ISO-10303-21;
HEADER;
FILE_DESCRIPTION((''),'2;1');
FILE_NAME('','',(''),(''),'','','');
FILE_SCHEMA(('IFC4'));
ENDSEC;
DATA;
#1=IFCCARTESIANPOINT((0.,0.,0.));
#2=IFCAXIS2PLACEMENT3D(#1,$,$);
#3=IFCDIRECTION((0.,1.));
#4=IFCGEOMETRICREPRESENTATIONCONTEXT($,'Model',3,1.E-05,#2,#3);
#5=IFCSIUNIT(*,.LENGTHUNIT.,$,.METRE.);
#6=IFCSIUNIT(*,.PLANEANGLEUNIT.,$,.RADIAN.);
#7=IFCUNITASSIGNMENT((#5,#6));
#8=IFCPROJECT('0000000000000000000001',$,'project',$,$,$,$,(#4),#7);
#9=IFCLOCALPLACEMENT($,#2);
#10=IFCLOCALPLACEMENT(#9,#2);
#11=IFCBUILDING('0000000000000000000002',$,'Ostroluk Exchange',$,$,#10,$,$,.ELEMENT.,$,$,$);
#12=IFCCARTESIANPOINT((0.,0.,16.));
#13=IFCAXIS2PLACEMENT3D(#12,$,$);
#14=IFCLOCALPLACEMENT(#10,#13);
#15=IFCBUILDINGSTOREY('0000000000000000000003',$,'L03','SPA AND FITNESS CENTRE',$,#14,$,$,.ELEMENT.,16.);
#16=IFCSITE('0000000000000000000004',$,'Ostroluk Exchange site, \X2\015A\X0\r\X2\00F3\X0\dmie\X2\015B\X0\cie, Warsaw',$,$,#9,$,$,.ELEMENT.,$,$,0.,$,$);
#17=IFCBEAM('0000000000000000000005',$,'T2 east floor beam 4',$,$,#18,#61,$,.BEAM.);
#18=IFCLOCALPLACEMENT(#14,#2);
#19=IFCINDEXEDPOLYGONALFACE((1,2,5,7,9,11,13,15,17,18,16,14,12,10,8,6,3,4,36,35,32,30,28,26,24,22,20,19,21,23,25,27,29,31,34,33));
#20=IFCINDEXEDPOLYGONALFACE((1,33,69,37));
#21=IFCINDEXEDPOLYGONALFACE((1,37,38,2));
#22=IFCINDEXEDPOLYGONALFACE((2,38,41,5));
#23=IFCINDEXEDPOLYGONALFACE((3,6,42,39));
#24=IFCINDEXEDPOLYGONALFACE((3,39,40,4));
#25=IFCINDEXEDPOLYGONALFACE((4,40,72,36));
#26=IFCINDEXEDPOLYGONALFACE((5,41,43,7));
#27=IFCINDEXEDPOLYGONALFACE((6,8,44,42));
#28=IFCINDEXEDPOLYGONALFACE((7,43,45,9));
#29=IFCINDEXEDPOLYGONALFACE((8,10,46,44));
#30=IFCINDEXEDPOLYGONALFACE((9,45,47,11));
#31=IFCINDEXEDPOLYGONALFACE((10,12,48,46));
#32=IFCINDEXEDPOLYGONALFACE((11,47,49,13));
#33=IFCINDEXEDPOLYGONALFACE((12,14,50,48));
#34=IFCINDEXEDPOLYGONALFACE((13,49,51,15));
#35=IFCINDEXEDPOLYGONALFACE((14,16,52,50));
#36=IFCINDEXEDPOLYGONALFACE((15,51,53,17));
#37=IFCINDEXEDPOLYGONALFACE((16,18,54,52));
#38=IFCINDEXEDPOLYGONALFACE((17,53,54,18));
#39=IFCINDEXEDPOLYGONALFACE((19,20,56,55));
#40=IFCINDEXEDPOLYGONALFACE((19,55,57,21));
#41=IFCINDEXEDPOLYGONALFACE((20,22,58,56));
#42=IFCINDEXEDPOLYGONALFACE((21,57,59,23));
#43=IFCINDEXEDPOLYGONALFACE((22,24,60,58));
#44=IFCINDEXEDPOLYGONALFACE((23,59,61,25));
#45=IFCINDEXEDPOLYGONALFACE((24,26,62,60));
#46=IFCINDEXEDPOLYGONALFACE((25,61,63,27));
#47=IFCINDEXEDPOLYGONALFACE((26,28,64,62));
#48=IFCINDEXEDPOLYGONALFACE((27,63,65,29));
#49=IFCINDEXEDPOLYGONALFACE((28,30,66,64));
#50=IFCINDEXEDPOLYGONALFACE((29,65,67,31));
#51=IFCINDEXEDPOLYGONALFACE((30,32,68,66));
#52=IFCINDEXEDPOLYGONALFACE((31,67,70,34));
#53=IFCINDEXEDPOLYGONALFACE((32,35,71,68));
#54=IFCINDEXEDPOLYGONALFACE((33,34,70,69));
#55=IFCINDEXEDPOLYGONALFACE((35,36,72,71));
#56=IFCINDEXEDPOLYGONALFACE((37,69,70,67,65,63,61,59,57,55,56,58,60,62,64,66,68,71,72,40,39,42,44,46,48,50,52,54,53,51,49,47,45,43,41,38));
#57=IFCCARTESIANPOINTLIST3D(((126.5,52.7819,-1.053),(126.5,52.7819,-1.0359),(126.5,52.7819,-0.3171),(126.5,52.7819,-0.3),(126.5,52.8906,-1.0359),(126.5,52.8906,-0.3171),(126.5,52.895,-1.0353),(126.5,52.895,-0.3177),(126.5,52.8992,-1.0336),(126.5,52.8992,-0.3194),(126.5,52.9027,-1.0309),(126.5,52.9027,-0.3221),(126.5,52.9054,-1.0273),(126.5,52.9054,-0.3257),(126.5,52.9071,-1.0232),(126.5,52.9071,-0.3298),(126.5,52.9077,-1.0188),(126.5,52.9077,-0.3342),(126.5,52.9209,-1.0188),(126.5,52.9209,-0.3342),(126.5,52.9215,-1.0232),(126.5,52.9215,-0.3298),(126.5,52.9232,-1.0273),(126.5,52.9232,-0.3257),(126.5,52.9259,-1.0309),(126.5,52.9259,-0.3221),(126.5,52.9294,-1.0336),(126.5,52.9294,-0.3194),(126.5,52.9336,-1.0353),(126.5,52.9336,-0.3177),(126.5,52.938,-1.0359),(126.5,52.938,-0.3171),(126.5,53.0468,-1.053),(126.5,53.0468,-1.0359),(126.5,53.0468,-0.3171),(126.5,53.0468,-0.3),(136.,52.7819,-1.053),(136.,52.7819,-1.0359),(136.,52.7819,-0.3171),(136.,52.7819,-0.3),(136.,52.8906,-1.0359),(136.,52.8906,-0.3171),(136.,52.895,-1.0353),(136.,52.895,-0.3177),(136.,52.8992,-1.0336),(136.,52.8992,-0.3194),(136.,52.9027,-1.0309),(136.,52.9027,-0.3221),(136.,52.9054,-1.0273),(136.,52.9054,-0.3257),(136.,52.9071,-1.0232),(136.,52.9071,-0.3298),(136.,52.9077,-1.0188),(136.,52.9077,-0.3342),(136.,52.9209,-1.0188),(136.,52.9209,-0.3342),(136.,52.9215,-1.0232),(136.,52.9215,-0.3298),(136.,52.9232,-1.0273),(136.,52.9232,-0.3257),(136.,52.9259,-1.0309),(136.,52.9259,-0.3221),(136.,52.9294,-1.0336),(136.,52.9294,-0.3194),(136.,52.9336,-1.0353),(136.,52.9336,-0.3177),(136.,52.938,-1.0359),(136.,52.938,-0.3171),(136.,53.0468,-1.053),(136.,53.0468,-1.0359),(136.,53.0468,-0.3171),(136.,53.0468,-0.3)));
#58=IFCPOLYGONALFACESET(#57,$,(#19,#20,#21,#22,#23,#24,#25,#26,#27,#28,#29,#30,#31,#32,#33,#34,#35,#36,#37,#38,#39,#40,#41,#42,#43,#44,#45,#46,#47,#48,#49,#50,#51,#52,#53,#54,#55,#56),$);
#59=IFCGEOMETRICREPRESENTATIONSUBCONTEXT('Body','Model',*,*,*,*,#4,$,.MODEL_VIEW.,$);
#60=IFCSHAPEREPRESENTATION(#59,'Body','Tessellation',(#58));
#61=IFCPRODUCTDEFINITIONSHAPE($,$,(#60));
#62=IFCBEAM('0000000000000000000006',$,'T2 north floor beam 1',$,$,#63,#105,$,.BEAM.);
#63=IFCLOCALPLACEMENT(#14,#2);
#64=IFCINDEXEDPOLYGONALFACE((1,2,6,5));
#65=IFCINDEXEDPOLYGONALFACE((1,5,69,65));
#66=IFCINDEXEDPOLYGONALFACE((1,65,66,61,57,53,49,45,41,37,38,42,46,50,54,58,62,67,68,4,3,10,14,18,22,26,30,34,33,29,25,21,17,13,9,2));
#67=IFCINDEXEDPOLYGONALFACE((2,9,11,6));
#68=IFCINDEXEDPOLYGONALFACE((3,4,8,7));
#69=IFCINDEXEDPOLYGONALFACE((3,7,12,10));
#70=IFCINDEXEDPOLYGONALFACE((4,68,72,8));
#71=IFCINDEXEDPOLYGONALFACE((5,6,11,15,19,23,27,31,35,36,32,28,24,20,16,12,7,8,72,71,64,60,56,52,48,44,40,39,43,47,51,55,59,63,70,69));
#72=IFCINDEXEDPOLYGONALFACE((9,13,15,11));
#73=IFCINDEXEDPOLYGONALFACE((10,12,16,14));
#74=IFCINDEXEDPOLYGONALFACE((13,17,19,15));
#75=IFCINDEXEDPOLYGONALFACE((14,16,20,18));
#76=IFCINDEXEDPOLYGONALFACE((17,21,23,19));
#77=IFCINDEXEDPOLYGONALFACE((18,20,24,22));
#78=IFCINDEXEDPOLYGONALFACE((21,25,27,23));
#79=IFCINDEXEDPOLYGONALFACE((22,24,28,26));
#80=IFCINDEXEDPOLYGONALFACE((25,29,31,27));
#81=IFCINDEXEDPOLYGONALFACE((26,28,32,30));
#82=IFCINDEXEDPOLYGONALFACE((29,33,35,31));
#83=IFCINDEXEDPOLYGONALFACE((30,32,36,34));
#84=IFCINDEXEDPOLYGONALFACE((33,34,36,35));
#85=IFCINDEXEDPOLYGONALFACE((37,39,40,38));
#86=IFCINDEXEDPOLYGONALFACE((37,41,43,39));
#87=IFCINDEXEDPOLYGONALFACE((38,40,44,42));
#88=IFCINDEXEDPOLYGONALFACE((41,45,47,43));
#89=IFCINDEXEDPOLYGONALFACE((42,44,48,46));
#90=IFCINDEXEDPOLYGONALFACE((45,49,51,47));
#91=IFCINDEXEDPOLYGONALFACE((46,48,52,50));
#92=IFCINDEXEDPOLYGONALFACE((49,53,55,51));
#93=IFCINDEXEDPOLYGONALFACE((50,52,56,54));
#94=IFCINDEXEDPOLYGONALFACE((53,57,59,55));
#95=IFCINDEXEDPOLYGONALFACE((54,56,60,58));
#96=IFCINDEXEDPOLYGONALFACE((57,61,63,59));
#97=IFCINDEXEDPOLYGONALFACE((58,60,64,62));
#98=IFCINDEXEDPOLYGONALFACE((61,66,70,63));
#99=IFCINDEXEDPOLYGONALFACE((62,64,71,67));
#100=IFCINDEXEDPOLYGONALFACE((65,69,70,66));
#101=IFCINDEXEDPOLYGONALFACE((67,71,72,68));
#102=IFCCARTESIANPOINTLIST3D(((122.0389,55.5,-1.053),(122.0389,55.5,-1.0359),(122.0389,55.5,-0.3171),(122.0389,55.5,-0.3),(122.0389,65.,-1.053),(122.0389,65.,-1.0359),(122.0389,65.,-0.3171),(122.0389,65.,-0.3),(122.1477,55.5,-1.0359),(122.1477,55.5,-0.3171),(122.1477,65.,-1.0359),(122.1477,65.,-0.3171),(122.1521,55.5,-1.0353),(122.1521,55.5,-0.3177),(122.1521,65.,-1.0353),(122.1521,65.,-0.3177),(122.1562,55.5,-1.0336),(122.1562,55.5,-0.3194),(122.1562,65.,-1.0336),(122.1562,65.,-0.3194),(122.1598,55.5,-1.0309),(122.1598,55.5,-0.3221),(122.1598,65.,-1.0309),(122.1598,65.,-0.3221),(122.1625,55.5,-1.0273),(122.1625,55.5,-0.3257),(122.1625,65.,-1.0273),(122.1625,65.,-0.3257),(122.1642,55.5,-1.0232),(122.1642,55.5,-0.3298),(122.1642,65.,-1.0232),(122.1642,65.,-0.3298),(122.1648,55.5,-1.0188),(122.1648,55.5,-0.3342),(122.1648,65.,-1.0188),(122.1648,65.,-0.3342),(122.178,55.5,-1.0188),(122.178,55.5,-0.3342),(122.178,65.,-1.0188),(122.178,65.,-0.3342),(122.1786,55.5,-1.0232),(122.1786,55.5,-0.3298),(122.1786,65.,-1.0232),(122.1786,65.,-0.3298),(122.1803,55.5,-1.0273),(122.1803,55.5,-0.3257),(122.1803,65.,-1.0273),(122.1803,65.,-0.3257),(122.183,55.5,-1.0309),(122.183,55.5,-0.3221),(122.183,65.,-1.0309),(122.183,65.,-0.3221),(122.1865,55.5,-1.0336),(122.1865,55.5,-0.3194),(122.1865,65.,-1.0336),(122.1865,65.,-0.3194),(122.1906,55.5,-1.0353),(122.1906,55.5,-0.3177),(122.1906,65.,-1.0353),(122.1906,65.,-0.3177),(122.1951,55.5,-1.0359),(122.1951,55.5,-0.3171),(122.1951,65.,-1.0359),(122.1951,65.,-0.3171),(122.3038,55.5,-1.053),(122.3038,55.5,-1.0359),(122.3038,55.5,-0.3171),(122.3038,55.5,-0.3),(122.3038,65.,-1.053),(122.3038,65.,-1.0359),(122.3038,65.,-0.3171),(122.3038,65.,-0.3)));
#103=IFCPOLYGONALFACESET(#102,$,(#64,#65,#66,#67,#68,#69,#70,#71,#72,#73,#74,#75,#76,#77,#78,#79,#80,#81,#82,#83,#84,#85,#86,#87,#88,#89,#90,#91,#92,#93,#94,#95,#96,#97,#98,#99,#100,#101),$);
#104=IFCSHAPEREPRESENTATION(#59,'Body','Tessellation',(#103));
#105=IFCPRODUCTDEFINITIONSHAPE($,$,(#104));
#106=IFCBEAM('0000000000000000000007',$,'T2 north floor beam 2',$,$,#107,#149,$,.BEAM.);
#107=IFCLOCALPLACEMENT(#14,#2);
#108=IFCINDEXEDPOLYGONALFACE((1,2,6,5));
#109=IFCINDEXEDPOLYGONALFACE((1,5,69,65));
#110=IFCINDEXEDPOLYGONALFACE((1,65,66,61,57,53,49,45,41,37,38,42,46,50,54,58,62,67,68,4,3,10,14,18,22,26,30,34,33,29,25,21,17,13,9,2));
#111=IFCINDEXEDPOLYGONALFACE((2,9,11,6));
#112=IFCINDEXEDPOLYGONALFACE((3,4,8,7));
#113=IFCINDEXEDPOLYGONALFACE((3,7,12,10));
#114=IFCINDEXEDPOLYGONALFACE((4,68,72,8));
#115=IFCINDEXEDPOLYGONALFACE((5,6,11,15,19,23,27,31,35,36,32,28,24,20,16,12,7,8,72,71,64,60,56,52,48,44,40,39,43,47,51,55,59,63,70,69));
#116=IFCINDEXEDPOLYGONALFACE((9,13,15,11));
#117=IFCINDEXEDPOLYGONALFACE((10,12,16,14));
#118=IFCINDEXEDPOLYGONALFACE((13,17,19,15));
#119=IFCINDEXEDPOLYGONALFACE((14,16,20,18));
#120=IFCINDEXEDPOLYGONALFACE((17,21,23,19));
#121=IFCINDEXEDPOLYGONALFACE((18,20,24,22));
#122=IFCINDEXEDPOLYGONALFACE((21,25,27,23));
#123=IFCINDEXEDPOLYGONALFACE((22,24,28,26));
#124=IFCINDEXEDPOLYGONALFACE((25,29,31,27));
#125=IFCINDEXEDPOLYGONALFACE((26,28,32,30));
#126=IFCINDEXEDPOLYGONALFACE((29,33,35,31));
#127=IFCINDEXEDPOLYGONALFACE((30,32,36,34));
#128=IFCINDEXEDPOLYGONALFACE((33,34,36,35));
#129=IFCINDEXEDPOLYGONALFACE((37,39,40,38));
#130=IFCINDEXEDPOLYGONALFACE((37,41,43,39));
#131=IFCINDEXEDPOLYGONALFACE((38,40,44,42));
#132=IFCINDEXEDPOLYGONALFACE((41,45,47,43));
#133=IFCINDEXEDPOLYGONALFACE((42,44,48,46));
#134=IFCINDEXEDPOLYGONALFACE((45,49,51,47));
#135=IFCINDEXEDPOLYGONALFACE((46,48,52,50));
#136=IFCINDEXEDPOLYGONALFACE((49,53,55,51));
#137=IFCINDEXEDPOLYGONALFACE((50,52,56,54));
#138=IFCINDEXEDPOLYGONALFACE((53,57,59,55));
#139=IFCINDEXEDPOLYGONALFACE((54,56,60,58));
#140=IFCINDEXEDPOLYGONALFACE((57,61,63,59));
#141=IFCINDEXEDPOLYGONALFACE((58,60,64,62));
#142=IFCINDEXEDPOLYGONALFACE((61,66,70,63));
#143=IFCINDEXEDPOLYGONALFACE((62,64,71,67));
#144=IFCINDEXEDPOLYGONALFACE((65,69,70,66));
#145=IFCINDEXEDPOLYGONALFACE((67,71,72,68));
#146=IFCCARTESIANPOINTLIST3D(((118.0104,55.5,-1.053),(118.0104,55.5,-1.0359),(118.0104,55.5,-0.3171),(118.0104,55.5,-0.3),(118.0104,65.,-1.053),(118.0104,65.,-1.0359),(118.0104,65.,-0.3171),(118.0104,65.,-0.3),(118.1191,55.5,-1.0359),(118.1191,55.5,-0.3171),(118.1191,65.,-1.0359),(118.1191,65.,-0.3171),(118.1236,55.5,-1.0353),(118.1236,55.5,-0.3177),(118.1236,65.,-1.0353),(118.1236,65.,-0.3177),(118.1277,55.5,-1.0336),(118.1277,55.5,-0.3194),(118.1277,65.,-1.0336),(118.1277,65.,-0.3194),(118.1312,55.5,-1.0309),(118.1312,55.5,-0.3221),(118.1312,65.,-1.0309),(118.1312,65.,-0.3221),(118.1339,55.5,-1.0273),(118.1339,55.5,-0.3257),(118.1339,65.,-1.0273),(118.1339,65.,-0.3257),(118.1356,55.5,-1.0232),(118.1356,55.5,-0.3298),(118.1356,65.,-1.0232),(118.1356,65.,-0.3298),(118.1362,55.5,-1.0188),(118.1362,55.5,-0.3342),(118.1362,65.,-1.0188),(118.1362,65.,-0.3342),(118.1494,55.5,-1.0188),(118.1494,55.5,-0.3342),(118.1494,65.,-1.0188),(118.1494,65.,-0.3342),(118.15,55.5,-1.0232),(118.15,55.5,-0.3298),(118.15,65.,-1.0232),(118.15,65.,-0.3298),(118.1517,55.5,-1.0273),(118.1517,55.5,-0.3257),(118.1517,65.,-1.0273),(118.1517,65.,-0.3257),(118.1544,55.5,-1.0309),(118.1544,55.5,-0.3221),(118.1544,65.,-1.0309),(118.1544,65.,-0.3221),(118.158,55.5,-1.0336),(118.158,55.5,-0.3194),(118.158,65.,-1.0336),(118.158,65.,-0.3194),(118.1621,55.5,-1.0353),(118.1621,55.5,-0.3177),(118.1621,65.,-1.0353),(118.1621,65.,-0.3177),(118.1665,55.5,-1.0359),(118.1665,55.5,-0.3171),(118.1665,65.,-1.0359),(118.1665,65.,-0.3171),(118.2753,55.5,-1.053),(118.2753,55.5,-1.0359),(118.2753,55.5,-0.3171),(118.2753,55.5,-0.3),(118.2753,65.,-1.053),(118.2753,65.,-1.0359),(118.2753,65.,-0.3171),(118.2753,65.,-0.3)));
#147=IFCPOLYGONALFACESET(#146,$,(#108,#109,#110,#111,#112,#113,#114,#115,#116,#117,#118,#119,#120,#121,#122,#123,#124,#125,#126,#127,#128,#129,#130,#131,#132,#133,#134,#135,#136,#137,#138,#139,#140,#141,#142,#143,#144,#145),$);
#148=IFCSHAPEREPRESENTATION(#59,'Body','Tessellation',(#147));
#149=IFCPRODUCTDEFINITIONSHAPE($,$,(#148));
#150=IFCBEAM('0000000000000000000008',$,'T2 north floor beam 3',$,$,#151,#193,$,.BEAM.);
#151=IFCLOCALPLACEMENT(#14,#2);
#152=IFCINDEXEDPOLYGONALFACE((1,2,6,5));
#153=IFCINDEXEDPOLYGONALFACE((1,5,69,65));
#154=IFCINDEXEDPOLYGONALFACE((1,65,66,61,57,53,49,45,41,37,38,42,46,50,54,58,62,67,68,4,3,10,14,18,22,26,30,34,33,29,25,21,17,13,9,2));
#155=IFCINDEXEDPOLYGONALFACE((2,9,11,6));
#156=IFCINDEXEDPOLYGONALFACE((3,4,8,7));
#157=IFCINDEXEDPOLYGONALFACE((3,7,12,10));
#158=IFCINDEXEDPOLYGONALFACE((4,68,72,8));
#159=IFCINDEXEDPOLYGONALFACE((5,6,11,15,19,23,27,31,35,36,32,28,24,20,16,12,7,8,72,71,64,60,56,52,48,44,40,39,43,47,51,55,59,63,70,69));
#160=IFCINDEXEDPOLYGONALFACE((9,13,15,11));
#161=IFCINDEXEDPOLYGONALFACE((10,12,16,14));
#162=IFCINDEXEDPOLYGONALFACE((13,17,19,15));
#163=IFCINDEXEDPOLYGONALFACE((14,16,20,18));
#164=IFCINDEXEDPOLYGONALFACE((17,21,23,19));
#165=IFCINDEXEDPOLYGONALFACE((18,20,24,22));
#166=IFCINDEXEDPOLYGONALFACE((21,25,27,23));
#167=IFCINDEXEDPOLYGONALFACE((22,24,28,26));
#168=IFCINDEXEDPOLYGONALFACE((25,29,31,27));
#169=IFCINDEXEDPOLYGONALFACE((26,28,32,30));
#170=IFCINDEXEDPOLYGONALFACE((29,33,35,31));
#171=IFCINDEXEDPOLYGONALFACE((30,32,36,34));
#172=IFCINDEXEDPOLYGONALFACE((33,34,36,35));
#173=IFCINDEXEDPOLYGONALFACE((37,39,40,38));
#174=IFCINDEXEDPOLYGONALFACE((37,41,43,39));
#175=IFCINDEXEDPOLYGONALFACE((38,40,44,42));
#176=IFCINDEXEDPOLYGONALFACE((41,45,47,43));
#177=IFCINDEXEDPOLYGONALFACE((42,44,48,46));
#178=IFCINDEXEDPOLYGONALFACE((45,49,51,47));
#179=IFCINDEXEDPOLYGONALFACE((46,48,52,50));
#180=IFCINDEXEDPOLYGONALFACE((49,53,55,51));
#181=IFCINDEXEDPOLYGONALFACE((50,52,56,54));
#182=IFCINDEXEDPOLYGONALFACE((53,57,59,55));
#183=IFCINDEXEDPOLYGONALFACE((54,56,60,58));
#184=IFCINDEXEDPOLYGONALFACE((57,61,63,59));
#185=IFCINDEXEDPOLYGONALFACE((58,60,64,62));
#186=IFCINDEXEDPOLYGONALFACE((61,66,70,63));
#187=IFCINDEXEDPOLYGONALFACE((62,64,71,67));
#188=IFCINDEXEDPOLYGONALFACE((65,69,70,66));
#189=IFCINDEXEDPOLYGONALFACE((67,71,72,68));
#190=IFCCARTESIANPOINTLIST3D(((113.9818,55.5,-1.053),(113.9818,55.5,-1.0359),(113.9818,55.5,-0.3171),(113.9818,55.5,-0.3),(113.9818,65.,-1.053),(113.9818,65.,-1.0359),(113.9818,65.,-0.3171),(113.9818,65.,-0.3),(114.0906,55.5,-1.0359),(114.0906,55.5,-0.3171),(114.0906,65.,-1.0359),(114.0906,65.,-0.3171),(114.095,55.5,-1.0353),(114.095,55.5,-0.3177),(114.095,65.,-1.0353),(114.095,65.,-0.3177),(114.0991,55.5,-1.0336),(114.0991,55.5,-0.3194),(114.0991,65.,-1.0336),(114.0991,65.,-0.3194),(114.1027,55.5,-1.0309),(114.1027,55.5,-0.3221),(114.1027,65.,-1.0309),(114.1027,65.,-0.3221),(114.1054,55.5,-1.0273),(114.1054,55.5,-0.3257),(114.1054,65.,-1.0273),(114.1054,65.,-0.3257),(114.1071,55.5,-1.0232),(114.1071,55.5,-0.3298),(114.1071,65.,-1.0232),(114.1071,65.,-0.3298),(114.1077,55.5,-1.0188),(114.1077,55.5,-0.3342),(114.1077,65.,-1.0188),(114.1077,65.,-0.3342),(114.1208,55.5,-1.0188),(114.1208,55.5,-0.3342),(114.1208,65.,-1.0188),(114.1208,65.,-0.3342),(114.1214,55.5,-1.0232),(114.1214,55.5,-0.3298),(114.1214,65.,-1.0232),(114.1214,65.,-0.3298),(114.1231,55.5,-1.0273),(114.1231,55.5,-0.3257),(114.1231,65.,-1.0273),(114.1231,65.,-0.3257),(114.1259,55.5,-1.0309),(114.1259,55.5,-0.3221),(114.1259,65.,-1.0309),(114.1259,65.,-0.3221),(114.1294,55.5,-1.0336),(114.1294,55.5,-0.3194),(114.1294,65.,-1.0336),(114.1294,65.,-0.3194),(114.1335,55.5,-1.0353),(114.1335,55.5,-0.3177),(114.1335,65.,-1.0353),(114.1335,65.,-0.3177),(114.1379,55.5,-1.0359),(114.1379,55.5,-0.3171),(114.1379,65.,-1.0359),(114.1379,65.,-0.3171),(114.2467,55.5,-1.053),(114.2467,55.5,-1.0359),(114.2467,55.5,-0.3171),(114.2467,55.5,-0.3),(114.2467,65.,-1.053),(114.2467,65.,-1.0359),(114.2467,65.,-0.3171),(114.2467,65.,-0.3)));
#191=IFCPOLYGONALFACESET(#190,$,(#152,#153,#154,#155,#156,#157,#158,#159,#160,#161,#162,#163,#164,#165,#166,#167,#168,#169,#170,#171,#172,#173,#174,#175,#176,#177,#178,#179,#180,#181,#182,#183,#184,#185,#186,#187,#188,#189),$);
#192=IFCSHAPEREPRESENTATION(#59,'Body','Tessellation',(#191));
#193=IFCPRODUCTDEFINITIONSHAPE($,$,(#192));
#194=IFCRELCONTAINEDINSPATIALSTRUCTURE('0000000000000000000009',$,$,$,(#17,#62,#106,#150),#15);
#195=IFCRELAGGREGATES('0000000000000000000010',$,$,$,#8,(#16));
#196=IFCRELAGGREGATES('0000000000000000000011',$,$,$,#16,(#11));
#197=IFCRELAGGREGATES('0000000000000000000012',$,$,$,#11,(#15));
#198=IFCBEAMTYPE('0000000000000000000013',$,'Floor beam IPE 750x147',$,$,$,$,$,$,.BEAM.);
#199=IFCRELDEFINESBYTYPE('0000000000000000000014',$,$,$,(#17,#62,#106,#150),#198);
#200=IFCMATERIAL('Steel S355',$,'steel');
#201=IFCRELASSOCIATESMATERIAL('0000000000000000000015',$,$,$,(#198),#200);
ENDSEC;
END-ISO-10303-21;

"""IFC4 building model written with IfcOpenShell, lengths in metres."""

from ifc_helpers import new_model, si_unit, direction, frame, origin, origin_2d, place, context, subcontext, project, spatial, i_section, extrude, material, material_profile, profile_set, type_object, element, save


model = new_model("IFC4")

# Units and contexts
model_context = context("Model", 3, precision=1e-05, world=origin(), true_north=direction((0.0, 1.0)))
body_context = subcontext(model_context, "Body", "Model", "MODEL_VIEW")
ifc_project = project(units=[si_unit("LENGTHUNIT", "METRE"), si_unit("PLANEANGLEUNIT", "RADIAN")], contexts=[model_context])

# Site, building, storey
site_placement = place(None, origin())
site = spatial("IfcSite", under=ifc_project, at=site_placement, Name="Ostroluk Exchange site, Śródmieście, Warsaw", CompositionType="ELEMENT", RefElevation=0.0)
building_placement = place(site_placement, origin())
building = spatial("IfcBuilding", under=site, at=building_placement, Name="Ostroluk Exchange", CompositionType="ELEMENT")
storey_placement = place(building_placement, frame((0.0, 0.0, 16.0)))
storey = spatial("IfcBuildingStorey", under=building, at=storey_placement, Name="L03", Description="SPA AND FITNESS CENTRE", CompositionType="ELEMENT", Elevation=16.0)

# Beams
ifc_material_1 = material(Name="Steel S355", Category="steel")
ifc_material_profile_1 = material_profile(ifc_material_1, i_section(OverallWidth=0.2649, OverallDepth=0.7529, WebThickness=0.0132, FlangeThickness=0.0171, FilletRadius=0.0171, at=origin_2d()), Name="IPE 750x147")
ifc_profile_set_1 = profile_set([ifc_material_profile_1], Name="Steel S355")
beam_type_1 = type_object("IfcBeamType", Name="Floor beam IPE 750x147", PredefinedType="BEAM", material=ifc_profile_set_1)
for number, where, z_axis, x_axis, name in (
    (1, (126.5, 52.9143, -0.6765), (1.0, 0.0, 0.0), (0.0, 1.0, 0.0), "T2 east floor beam 4"),
    (2, (122.1714, 55.5, -0.6765), (0.0, 1.0, 0.0), (-1.0, 0.0, 0.0), "T2 north floor beam 1"),
    (3, (118.1428, 55.5, -0.6765), (0.0, 1.0, 0.0), (-1.0, 0.0, 0.0), "T2 north floor beam 2"),
    (4, (114.1143, 55.5, -0.6765), (0.0, 1.0, 0.0), (-1.0, 0.0, 0.0), "T2 north floor beam 3"),
):
    element("IfcBeam", number, at=place(storey_placement, frame(where, z_axis=z_axis, x_axis=x_axis)), inside=storey, type_object=beam_type_1, Name=name, PredefinedType="BEAM", context=body_context, shape_type="SweptSolid", body=[
        extrude(i_section(OverallWidth=0.2649, OverallDepth=0.7529, WebThickness=0.0132, FlangeThickness=0.0171, FilletRadius=0.0171, at=origin_2d()), origin(), (0.0, 0.0, 1.0), 9.5),
    ])

save(model, "model.ifc")
